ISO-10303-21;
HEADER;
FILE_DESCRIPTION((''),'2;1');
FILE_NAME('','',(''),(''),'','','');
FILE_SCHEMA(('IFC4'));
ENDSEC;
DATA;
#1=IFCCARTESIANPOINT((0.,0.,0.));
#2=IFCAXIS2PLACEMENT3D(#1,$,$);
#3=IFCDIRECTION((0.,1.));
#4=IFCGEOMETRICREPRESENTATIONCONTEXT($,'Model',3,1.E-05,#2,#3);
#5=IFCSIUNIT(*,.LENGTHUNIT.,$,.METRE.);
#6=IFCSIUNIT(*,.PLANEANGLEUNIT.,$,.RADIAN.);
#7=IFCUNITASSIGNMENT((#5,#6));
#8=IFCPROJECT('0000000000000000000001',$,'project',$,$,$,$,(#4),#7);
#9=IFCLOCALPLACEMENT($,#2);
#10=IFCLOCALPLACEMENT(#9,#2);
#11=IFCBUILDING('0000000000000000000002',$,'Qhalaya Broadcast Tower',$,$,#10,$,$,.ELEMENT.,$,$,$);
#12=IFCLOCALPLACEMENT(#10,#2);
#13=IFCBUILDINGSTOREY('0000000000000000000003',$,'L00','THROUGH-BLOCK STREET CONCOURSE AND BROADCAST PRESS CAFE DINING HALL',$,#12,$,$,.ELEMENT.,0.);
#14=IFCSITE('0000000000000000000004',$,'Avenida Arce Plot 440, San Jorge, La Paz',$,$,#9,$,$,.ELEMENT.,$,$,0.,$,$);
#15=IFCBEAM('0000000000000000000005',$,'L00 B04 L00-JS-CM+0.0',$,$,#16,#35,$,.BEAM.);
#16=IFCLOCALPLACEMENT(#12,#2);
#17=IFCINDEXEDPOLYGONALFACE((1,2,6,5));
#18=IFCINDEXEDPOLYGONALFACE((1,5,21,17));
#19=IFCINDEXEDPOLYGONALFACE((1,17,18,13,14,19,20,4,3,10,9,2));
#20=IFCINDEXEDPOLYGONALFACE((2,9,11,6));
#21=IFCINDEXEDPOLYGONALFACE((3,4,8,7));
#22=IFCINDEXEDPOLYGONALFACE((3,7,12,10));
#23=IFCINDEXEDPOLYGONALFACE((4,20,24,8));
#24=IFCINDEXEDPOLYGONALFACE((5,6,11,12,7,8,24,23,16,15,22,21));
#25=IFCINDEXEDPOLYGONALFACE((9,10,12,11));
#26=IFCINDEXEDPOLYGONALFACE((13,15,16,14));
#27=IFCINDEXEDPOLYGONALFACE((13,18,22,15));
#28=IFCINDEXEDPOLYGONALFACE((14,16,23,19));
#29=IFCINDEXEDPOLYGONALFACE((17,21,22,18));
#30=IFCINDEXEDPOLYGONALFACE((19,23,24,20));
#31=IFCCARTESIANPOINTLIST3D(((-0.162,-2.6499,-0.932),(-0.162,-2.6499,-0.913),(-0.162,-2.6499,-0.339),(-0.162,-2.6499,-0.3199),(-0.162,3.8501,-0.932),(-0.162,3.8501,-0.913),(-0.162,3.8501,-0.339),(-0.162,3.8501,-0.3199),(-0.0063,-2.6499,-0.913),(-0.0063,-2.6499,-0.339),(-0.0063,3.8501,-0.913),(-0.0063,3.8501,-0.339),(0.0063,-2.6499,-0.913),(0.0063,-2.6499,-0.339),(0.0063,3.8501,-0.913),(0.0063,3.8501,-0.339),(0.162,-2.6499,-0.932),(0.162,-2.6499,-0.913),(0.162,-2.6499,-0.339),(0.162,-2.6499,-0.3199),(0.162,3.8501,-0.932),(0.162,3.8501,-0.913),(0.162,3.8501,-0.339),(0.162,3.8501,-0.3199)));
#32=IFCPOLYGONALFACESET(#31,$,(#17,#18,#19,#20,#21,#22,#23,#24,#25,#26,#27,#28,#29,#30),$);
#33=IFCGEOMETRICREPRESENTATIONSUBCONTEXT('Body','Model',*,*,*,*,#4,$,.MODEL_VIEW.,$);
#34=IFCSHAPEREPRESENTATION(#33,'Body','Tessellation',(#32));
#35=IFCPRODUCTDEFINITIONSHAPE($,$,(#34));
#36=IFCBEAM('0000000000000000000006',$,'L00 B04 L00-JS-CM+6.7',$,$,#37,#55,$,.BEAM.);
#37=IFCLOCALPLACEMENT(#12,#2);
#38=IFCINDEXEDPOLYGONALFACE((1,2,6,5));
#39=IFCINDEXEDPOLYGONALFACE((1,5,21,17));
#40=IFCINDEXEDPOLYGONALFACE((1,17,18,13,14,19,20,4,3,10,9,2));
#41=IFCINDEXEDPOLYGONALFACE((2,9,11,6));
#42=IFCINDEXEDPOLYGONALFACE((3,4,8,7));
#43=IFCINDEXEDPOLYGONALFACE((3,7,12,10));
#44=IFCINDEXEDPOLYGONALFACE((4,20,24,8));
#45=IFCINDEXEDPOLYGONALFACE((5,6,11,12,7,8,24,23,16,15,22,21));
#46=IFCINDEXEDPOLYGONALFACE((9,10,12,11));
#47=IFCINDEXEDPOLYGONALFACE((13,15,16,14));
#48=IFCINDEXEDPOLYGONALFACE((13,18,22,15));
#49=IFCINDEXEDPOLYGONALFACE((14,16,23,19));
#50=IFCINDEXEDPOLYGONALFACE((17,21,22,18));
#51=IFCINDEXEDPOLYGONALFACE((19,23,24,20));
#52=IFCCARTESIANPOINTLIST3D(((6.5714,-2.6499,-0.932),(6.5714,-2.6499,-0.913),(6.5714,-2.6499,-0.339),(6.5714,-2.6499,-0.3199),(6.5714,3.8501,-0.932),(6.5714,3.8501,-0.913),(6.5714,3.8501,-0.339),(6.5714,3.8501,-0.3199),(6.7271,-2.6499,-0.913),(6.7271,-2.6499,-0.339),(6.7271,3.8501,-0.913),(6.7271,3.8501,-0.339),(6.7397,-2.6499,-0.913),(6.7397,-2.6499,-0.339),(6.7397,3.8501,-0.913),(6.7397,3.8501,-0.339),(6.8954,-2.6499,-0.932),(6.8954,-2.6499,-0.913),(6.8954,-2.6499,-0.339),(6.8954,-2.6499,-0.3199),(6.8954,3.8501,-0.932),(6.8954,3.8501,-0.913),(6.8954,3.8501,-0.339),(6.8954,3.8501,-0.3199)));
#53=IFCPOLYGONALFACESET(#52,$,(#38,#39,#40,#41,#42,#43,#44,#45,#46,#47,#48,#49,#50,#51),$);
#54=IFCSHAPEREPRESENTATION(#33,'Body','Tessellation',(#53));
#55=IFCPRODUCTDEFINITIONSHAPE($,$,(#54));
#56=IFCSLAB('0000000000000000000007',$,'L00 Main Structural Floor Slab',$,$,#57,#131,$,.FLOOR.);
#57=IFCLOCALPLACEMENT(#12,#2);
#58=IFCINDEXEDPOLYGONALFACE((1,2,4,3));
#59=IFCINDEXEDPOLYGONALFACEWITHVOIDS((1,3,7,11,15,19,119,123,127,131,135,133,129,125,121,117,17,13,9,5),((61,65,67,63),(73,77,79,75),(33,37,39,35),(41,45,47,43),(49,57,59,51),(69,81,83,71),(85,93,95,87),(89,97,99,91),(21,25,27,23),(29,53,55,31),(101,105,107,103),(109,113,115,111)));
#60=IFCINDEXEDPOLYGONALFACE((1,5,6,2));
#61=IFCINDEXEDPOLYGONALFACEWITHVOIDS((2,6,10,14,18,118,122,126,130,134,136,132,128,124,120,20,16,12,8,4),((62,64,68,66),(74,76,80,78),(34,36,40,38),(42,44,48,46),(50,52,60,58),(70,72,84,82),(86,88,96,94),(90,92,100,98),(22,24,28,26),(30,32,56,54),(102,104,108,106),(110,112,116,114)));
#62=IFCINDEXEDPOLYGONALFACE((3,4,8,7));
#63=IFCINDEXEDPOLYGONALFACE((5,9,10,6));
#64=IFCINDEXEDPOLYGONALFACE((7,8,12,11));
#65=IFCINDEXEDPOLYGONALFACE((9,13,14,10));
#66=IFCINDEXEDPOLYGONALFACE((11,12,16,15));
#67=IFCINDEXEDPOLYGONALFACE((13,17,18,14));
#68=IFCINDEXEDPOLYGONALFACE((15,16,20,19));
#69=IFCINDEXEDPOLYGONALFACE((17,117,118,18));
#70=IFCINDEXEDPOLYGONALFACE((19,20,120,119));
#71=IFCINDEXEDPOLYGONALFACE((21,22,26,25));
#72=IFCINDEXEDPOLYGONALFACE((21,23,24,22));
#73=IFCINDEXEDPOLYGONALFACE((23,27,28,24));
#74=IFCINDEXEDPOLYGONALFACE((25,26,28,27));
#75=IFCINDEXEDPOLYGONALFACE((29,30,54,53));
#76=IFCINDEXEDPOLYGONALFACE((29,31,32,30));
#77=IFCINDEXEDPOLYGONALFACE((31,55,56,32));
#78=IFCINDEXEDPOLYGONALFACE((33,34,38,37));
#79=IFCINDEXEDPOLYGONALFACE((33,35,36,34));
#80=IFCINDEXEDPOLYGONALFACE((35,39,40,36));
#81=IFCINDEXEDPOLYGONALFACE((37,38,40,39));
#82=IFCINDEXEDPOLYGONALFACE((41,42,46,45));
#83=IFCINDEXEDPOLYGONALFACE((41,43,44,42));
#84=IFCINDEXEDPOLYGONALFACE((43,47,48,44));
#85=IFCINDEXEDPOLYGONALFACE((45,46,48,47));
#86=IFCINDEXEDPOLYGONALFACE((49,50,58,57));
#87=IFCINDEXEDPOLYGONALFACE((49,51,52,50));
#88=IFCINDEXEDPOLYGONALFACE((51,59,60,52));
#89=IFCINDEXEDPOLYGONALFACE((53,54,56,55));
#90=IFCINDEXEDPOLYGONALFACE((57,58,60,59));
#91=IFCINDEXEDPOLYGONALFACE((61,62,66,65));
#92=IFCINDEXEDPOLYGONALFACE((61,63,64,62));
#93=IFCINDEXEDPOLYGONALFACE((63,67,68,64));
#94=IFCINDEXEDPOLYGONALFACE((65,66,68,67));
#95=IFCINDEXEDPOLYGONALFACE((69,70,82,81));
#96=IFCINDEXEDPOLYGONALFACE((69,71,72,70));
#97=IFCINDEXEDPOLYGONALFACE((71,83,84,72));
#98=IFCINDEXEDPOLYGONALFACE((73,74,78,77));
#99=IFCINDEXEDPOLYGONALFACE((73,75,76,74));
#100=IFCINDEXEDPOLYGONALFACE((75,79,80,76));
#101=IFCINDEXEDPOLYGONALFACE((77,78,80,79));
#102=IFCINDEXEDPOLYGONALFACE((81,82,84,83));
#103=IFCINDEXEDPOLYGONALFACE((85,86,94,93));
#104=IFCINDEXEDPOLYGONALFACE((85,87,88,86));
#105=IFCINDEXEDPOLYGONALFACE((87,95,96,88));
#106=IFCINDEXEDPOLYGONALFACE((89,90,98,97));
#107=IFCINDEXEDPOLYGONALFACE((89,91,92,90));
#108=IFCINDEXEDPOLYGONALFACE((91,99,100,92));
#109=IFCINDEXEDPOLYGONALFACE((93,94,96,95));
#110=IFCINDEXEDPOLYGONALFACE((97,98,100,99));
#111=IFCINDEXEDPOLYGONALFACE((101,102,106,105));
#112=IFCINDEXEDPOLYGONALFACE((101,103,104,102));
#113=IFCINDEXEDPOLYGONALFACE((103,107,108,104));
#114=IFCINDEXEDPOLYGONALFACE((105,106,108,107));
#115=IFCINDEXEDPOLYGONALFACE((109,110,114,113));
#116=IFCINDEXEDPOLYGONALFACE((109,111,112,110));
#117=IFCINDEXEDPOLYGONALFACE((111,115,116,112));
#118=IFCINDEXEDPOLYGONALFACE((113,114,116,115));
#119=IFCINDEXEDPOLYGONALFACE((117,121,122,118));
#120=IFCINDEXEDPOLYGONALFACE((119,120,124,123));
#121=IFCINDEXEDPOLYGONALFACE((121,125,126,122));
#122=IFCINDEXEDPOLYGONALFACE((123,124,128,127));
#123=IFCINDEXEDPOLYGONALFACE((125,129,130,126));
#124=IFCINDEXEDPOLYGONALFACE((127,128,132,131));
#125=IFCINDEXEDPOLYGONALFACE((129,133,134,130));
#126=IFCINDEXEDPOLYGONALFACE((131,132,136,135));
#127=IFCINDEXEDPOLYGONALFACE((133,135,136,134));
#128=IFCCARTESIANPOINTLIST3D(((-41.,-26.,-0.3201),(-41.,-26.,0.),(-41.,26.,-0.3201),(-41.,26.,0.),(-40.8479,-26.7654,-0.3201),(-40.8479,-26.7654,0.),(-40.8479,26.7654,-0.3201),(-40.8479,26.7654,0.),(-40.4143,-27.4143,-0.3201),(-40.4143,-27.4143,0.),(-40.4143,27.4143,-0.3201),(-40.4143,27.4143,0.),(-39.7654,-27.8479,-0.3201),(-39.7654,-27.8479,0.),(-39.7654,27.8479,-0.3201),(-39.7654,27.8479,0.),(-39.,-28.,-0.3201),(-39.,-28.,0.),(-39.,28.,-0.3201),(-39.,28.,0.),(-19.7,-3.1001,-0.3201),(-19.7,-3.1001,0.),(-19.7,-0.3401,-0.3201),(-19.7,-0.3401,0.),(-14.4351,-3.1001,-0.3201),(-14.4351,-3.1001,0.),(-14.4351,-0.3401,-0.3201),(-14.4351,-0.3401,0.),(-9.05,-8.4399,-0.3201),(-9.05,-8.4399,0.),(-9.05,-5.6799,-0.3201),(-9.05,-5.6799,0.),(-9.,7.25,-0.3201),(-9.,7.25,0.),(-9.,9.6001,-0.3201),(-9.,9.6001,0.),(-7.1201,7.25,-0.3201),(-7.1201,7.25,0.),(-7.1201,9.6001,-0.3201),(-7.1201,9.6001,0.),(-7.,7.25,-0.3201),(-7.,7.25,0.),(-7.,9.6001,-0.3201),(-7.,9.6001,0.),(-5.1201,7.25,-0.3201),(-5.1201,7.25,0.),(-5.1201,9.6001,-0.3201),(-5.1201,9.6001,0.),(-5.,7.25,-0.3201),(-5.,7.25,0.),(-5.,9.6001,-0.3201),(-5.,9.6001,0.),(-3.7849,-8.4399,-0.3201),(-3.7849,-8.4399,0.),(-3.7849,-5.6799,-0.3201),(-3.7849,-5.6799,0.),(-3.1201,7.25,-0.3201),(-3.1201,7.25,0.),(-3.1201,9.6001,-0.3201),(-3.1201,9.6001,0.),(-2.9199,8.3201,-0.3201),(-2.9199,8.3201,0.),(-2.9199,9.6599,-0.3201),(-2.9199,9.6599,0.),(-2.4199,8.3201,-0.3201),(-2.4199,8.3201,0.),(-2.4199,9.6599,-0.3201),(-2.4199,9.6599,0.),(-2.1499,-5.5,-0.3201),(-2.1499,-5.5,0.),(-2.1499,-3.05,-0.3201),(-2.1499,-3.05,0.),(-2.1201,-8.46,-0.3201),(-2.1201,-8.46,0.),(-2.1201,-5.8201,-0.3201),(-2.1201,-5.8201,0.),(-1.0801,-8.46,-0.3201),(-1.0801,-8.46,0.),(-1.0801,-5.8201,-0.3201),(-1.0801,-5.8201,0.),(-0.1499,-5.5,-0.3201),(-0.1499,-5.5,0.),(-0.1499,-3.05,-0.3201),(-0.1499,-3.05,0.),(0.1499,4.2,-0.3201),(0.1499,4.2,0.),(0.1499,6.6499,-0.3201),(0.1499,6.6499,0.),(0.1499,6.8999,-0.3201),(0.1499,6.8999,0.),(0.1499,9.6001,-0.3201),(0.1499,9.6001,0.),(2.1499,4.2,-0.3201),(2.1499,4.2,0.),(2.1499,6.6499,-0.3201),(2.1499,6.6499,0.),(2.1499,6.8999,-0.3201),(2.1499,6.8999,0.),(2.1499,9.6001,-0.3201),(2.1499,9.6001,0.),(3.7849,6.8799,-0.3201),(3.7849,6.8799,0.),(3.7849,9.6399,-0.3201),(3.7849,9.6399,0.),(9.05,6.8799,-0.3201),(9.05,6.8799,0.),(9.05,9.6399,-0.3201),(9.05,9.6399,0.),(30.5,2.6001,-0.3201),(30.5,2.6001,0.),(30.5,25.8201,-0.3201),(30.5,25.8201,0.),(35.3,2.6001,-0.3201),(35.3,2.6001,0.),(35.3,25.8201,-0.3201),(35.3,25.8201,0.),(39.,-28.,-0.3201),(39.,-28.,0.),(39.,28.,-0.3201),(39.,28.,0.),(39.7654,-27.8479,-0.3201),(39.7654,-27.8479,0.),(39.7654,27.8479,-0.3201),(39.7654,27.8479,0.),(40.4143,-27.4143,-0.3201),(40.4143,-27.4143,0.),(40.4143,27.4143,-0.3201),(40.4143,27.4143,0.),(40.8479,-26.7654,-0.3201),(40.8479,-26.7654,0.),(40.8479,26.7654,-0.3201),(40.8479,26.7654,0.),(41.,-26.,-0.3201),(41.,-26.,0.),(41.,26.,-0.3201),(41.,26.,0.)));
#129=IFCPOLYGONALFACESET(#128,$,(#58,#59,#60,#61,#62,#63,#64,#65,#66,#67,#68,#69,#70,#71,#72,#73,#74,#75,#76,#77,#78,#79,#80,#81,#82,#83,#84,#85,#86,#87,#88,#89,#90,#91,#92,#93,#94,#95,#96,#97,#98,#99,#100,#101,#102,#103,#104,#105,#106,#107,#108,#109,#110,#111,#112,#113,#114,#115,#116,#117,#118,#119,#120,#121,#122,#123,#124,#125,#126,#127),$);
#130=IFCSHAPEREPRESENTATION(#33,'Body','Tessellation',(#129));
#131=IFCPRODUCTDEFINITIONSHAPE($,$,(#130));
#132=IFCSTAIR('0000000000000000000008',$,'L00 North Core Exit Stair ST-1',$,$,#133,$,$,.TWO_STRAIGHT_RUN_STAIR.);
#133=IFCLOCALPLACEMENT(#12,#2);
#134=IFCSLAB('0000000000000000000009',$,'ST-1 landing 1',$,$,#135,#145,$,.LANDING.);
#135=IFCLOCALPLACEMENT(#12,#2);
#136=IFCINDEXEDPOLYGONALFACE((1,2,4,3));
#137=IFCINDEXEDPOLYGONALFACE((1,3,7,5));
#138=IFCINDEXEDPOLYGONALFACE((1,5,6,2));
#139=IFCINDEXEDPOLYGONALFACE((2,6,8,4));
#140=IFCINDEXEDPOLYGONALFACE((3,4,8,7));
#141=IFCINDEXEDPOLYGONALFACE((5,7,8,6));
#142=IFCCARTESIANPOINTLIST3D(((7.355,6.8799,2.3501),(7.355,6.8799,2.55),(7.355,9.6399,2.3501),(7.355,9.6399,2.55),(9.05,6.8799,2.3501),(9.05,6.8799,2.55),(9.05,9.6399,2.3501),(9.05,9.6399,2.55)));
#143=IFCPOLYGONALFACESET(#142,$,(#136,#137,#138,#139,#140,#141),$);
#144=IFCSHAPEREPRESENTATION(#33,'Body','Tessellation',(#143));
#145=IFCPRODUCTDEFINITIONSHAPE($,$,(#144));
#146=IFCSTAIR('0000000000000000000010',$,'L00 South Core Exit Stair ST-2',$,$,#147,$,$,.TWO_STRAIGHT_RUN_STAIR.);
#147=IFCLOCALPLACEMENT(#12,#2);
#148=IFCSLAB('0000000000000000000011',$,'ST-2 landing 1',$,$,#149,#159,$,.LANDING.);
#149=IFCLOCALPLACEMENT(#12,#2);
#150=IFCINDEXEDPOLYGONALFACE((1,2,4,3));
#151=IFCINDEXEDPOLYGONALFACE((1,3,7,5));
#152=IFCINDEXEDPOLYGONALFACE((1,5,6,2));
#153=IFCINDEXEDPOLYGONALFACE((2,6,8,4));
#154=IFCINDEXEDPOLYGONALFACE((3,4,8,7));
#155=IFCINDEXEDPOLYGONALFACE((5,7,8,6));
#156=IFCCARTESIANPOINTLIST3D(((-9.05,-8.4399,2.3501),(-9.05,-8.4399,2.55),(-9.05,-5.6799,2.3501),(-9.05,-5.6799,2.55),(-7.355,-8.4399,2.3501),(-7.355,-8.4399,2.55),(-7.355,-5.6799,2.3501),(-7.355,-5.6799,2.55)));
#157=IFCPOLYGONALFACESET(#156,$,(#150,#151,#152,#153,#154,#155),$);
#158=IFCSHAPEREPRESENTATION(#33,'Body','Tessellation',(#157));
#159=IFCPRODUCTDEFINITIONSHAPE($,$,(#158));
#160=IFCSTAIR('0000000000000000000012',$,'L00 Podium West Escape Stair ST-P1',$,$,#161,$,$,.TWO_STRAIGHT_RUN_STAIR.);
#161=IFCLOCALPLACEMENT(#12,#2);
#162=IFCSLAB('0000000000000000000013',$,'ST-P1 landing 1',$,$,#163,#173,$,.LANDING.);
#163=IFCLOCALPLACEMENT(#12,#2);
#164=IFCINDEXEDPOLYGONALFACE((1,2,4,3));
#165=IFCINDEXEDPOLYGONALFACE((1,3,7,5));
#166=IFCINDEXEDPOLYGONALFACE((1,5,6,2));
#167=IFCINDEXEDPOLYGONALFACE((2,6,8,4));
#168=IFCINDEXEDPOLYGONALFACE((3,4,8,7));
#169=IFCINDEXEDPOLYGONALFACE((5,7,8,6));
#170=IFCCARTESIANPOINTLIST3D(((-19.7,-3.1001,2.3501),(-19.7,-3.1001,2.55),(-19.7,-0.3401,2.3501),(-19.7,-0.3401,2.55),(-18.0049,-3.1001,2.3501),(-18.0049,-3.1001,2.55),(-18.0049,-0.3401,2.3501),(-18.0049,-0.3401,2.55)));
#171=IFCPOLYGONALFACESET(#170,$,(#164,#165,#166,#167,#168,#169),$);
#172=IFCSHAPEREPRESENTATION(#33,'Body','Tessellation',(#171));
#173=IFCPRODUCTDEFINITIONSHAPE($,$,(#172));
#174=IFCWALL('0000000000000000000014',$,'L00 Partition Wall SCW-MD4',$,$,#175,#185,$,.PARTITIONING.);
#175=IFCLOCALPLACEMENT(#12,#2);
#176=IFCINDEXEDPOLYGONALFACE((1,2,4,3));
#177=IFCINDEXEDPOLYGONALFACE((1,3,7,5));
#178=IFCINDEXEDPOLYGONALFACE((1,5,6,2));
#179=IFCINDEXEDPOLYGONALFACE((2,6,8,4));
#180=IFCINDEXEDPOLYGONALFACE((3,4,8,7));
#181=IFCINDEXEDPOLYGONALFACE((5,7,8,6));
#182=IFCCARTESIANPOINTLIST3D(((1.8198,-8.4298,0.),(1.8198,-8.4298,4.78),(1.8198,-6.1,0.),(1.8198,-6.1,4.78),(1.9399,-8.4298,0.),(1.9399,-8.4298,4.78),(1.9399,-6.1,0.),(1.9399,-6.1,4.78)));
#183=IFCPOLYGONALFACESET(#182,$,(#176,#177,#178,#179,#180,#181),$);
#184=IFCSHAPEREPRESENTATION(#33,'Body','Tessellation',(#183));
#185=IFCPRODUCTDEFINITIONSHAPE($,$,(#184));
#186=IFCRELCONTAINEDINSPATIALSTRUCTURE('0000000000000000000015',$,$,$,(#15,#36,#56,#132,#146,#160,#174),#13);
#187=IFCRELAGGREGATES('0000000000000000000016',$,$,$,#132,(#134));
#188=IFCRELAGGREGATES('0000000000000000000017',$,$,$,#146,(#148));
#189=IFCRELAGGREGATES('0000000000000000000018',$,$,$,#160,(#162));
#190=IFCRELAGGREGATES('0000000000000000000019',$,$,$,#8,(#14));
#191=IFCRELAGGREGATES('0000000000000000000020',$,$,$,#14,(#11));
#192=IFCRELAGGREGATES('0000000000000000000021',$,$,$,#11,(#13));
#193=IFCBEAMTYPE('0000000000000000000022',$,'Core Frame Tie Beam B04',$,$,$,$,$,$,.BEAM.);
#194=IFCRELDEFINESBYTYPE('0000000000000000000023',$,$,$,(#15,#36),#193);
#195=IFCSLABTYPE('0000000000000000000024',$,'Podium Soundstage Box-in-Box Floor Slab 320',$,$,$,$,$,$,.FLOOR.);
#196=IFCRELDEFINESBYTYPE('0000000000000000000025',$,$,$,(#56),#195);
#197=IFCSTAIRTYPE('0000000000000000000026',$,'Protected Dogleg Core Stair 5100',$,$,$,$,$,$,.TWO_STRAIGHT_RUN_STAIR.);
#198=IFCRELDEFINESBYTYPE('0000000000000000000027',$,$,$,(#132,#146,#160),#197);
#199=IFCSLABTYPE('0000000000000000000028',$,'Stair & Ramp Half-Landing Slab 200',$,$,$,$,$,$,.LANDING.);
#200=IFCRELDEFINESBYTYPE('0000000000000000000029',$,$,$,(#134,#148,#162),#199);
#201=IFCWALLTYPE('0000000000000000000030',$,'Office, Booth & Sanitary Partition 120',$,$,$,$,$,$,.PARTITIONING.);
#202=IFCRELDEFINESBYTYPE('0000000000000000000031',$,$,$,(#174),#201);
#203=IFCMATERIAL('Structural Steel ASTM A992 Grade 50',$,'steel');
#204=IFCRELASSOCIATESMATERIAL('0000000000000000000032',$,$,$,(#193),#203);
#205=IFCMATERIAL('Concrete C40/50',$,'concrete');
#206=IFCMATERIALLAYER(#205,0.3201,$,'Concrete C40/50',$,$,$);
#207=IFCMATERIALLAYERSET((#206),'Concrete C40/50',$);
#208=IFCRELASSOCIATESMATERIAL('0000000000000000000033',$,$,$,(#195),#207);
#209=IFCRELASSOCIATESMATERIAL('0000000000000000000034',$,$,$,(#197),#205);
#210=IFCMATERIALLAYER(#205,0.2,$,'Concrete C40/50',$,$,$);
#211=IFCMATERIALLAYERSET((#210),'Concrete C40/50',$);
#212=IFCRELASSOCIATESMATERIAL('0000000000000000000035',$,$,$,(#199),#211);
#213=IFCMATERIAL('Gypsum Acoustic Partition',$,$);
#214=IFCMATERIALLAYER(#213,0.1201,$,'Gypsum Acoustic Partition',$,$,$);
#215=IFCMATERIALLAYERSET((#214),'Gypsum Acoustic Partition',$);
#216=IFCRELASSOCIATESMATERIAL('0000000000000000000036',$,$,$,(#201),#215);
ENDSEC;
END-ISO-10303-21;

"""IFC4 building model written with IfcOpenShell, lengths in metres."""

from ifc_helpers import new_model, si_unit, direction, frame, frame_2d, origin, origin_2d, place, context, subcontext, project, spatial, polyline, rectangle, i_section, outline, extrude, material, layer, layer_set, material_profile, profile_set, type_object, element, aggregate, save


model = new_model("IFC4")

# Units and contexts
model_context = context("Model", 3, precision=1e-05, world=origin(), true_north=direction((0.0, 1.0)))
body_context = subcontext(model_context, "Body", "Model", "MODEL_VIEW")
ifc_project = project(units=[si_unit("LENGTHUNIT", "METRE"), si_unit("PLANEANGLEUNIT", "RADIAN")], contexts=[model_context])

# Site, building, storey
site_placement = place(None, origin())
site = spatial("IfcSite", under=ifc_project, at=site_placement, Name="Avenida Arce Plot 440, San Jorge, La Paz", CompositionType="ELEMENT", RefElevation=0.0)
building_placement = place(site_placement, origin())
building = spatial("IfcBuilding", under=site, at=building_placement, Name="Qhalaya Broadcast Tower", CompositionType="ELEMENT")
storey_placement = place(building_placement, origin())
storey = spatial("IfcBuildingStorey", under=building, at=storey_placement, Name="L00", Description="THROUGH-BLOCK STREET CONCOURSE AND BROADCAST PRESS CAFE DINING HALL", CompositionType="ELEMENT", Elevation=0.0)

# Beams
ifc_material_1 = material(Name="Structural Steel ASTM A992 Grade 50", Category="steel")
ifc_material_profile = material_profile(ifc_material_1, i_section(OverallWidth=0.324, OverallDepth=0.6121, WebThickness=0.0127, FlangeThickness=0.019, at=origin_2d()), Name="W24X104")
ifc_profile_set = profile_set([ifc_material_profile], Name="Structural Steel ASTM A992 Grade 50")
beam_type = type_object("IfcBeamType", Name="Core Frame Tie Beam B04", PredefinedType="BEAM", material=ifc_profile_set)
for number, where, z_axis, x_axis, name in (
    (1, (0.0, -2.6499, -0.626), (0.0, 1.0, 0.0), (-1.0, 0.0, 0.0), "L00 B04 L00-JS-CM+0.0"),
    (2, (6.7334, -2.6499, -0.626), (0.0, 1.0, 0.0), (-1.0, 0.0, 0.0), "L00 B04 L00-JS-CM+6.7"),
):
    element("IfcBeam", number, at=place(storey_placement, frame(where, z_axis=z_axis, x_axis=x_axis)), inside=storey, type_object=beam_type, Name=name, PredefinedType="BEAM", context=body_context, shape_type="SweptSolid", body=[
        extrude(i_section(OverallWidth=0.324, OverallDepth=0.6121, WebThickness=0.0127, FlangeThickness=0.019, at=origin_2d()), origin(), (0.0, 0.0, 1.0), 6.5),
    ])

# Slab
ifc_material_2 = material(Name="Concrete C40/50", Category="concrete")
ifc_layer_1 = layer(ifc_material_2, 0.3201, Name="Concrete C40/50")
ifc_layer_set_1 = layer_set([ifc_layer_1], Name="Concrete C40/50")
slab_type_1 = type_object("IfcSlabType", Name="Podium Soundstage Box-in-Box Floor Slab 320", PredefinedType="FLOOR", material=ifc_layer_set_1)
slab_1_placement = place(storey_placement, frame((0.0, 0.0, -0.3201)))
element("IfcSlab", 3, at=slab_1_placement, inside=storey, type_object=slab_type_1, Name="L00 Main Structural Floor Slab", PredefinedType="FLOOR", context=body_context, shape_type="SweptSolid", body=[
    extrude(outline(polyline([(39.0, -28.0), (39.7654, -27.8479), (40.4143, -27.4143), (40.8479, -26.7654), (41.0, -26.0), (41.0, 26.0), (40.8479, 26.7654), (40.4143, 27.4143), (39.7654, 27.8479), (39.0, 28.0), (-39.0, 28.0), (-39.7654, 27.8479), (-40.4143, 27.4143), (-40.8479, 26.7654), (-41.0, 26.0), (-41.0, -26.0), (-40.8479, -26.7654), (-40.4143, -27.4143), (-39.7654, -27.8479), (-39.0, -28.0), (39.0, -28.0)]), holes=[polyline([(3.7849, 9.6399), (9.05, 9.6399), (9.05, 6.8799), (3.7849, 6.8799), (3.7849, 9.6399)]), polyline([(-3.7849, -8.4399), (-9.05, -8.4399), (-9.05, -5.6799), (-3.7849, -5.6799), (-3.7849, -8.4399)]), polyline([(-14.4351, -3.1001), (-19.7, -3.1001), (-19.7, -0.3401), (-14.4351, -0.3401), (-14.4351, -3.1001)]), polyline([(0.1499, 6.6499), (2.1499, 6.6499), (2.1499, 4.2), (0.1499, 4.2), (0.1499, 6.6499)]), polyline([(0.1499, 9.6001), (2.1499, 9.6001), (2.1499, 6.8999), (0.1499, 6.8999), (0.1499, 9.6001)]), polyline([(-2.1499, -3.05), (-0.1499, -3.05), (-0.1499, -5.5), (-2.1499, -5.5), (-2.1499, -3.05)]), polyline([(-9.0, 9.6001), (-7.1201, 9.6001), (-7.1201, 7.25), (-9.0, 7.25), (-9.0, 9.6001)]), polyline([(-7.0, 9.6001), (-5.1201, 9.6001), (-5.1201, 7.25), (-7.0, 7.25), (-7.0, 9.6001)]), polyline([(-5.0, 9.6001), (-3.1201, 9.6001), (-3.1201, 7.25), (-5.0, 7.25), (-5.0, 9.6001)]), polyline([(-2.9199, 9.6599), (-2.4199, 9.6599), (-2.4199, 8.3201), (-2.9199, 8.3201), (-2.9199, 9.6599)]), polyline([(-2.1201, -5.8201), (-1.0801, -5.8201), (-1.0801, -8.46), (-2.1201, -8.46), (-2.1201, -5.8201)]), polyline([(30.5, 25.8201), (35.3, 25.8201), (35.3, 2.6001), (30.5, 2.6001), (30.5, 25.8201)])]), origin(), (0.0, 0.0, 1.0), 0.3201),
])

# Stairs, slabs
stair_type = type_object("IfcStairType", Name="Protected Dogleg Core Stair 5100", PredefinedType="TWO_STRAIGHT_RUN_STAIR", material=ifc_material_2)
stair_1_placement = place(storey_placement, origin())
stair_1 = element("IfcStair", 4, at=stair_1_placement, inside=storey, type_object=stair_type, Name="L00 North Core Exit Stair ST-1", PredefinedType="TWO_STRAIGHT_RUN_STAIR")
ifc_layer_2 = layer(ifc_material_2, 0.2, Name="Concrete C40/50")
ifc_layer_set_2 = layer_set([ifc_layer_2], Name="Concrete C40/50")
slab_type_2 = type_object("IfcSlabType", Name="Stair & Ramp Half-Landing Slab 200", PredefinedType="LANDING", material=ifc_layer_set_2)
slab_2_placement = place(storey_placement, frame((0.0, 0.0, 2.3501)))
slab_2 = element("IfcSlab", 5, at=slab_2_placement, type_object=slab_type_2, Name="ST-1 landing 1", PredefinedType="LANDING", context=body_context, shape_type="SweptSolid", body=[
    extrude(outline(polyline([(7.355, 6.8799), (9.05, 6.8799), (9.05, 9.6399), (7.355, 9.6399), (7.355, 6.8799)])), origin(), (0.0, 0.0, 1.0), 0.2),
])
aggregate(stair_1, [slab_2])
stair_2_placement = place(storey_placement, origin())
stair_2 = element("IfcStair", 6, at=stair_2_placement, inside=storey, type_object=stair_type, Name="L00 South Core Exit Stair ST-2", PredefinedType="TWO_STRAIGHT_RUN_STAIR")
slab_3_placement = place(storey_placement, frame((0.0, 0.0, 2.3501)))
slab_3 = element("IfcSlab", 7, at=slab_3_placement, type_object=slab_type_2, Name="ST-2 landing 1", PredefinedType="LANDING", context=body_context, shape_type="SweptSolid", body=[
    extrude(outline(polyline([(-7.355, -5.6799), (-9.05, -5.6799), (-9.05, -8.4399), (-7.355, -8.4399), (-7.355, -5.6799)])), origin(), (0.0, 0.0, 1.0), 0.2),
])
aggregate(stair_2, [slab_3])
stair_3_placement = place(storey_placement, origin())
stair_3 = element("IfcStair", 8, at=stair_3_placement, inside=storey, type_object=stair_type, Name="L00 Podium West Escape Stair ST-P1", PredefinedType="TWO_STRAIGHT_RUN_STAIR")
slab_4_placement = place(storey_placement, frame((0.0, 0.0, 2.3501)))
slab_4 = element("IfcSlab", 9, at=slab_4_placement, type_object=slab_type_2, Name="ST-P1 landing 1", PredefinedType="LANDING", context=body_context, shape_type="SweptSolid", body=[
    extrude(outline(polyline([(-18.0049, -0.3401), (-19.7, -0.3401), (-19.7, -3.1001), (-18.0049, -3.1001), (-18.0049, -0.3401)])), origin(), (0.0, 0.0, 1.0), 0.2),
])
aggregate(stair_3, [slab_4])

# Wall
ifc_material_3 = material(Name="Gypsum Acoustic Partition")
ifc_layer_3 = layer(ifc_material_3, 0.1201, Name="Gypsum Acoustic Partition")
ifc_layer_set_3 = layer_set([ifc_layer_3], Name="Gypsum Acoustic Partition")
wall_type_1 = type_object("IfcWallType", Name="Office, Booth & Sanitary Partition 120", PredefinedType="PARTITIONING", material=ifc_layer_set_3)
for number, where, z_axis, x_axis, name in (
    (10, (1.8799, -8.4299, 0.0), (0.0, 0.0, 1.0), (0.0, 1.0, 0.0), "L00 Partition Wall SCW-MD4"),
):
    element("IfcWall", number, at=place(storey_placement, frame(where, z_axis=z_axis, x_axis=x_axis)), inside=storey, type_object=wall_type_1, Name=name, PredefinedType="PARTITIONING", context=body_context, shape_type="SweptSolid", body=[
        extrude(rectangle(XDim=2.3298, YDim=0.1201, at=frame_2d((1.165, 0.0))), origin(), (0.0, 0.0, 1.0), 4.78),
    ])

save(model, "model.ifc")
